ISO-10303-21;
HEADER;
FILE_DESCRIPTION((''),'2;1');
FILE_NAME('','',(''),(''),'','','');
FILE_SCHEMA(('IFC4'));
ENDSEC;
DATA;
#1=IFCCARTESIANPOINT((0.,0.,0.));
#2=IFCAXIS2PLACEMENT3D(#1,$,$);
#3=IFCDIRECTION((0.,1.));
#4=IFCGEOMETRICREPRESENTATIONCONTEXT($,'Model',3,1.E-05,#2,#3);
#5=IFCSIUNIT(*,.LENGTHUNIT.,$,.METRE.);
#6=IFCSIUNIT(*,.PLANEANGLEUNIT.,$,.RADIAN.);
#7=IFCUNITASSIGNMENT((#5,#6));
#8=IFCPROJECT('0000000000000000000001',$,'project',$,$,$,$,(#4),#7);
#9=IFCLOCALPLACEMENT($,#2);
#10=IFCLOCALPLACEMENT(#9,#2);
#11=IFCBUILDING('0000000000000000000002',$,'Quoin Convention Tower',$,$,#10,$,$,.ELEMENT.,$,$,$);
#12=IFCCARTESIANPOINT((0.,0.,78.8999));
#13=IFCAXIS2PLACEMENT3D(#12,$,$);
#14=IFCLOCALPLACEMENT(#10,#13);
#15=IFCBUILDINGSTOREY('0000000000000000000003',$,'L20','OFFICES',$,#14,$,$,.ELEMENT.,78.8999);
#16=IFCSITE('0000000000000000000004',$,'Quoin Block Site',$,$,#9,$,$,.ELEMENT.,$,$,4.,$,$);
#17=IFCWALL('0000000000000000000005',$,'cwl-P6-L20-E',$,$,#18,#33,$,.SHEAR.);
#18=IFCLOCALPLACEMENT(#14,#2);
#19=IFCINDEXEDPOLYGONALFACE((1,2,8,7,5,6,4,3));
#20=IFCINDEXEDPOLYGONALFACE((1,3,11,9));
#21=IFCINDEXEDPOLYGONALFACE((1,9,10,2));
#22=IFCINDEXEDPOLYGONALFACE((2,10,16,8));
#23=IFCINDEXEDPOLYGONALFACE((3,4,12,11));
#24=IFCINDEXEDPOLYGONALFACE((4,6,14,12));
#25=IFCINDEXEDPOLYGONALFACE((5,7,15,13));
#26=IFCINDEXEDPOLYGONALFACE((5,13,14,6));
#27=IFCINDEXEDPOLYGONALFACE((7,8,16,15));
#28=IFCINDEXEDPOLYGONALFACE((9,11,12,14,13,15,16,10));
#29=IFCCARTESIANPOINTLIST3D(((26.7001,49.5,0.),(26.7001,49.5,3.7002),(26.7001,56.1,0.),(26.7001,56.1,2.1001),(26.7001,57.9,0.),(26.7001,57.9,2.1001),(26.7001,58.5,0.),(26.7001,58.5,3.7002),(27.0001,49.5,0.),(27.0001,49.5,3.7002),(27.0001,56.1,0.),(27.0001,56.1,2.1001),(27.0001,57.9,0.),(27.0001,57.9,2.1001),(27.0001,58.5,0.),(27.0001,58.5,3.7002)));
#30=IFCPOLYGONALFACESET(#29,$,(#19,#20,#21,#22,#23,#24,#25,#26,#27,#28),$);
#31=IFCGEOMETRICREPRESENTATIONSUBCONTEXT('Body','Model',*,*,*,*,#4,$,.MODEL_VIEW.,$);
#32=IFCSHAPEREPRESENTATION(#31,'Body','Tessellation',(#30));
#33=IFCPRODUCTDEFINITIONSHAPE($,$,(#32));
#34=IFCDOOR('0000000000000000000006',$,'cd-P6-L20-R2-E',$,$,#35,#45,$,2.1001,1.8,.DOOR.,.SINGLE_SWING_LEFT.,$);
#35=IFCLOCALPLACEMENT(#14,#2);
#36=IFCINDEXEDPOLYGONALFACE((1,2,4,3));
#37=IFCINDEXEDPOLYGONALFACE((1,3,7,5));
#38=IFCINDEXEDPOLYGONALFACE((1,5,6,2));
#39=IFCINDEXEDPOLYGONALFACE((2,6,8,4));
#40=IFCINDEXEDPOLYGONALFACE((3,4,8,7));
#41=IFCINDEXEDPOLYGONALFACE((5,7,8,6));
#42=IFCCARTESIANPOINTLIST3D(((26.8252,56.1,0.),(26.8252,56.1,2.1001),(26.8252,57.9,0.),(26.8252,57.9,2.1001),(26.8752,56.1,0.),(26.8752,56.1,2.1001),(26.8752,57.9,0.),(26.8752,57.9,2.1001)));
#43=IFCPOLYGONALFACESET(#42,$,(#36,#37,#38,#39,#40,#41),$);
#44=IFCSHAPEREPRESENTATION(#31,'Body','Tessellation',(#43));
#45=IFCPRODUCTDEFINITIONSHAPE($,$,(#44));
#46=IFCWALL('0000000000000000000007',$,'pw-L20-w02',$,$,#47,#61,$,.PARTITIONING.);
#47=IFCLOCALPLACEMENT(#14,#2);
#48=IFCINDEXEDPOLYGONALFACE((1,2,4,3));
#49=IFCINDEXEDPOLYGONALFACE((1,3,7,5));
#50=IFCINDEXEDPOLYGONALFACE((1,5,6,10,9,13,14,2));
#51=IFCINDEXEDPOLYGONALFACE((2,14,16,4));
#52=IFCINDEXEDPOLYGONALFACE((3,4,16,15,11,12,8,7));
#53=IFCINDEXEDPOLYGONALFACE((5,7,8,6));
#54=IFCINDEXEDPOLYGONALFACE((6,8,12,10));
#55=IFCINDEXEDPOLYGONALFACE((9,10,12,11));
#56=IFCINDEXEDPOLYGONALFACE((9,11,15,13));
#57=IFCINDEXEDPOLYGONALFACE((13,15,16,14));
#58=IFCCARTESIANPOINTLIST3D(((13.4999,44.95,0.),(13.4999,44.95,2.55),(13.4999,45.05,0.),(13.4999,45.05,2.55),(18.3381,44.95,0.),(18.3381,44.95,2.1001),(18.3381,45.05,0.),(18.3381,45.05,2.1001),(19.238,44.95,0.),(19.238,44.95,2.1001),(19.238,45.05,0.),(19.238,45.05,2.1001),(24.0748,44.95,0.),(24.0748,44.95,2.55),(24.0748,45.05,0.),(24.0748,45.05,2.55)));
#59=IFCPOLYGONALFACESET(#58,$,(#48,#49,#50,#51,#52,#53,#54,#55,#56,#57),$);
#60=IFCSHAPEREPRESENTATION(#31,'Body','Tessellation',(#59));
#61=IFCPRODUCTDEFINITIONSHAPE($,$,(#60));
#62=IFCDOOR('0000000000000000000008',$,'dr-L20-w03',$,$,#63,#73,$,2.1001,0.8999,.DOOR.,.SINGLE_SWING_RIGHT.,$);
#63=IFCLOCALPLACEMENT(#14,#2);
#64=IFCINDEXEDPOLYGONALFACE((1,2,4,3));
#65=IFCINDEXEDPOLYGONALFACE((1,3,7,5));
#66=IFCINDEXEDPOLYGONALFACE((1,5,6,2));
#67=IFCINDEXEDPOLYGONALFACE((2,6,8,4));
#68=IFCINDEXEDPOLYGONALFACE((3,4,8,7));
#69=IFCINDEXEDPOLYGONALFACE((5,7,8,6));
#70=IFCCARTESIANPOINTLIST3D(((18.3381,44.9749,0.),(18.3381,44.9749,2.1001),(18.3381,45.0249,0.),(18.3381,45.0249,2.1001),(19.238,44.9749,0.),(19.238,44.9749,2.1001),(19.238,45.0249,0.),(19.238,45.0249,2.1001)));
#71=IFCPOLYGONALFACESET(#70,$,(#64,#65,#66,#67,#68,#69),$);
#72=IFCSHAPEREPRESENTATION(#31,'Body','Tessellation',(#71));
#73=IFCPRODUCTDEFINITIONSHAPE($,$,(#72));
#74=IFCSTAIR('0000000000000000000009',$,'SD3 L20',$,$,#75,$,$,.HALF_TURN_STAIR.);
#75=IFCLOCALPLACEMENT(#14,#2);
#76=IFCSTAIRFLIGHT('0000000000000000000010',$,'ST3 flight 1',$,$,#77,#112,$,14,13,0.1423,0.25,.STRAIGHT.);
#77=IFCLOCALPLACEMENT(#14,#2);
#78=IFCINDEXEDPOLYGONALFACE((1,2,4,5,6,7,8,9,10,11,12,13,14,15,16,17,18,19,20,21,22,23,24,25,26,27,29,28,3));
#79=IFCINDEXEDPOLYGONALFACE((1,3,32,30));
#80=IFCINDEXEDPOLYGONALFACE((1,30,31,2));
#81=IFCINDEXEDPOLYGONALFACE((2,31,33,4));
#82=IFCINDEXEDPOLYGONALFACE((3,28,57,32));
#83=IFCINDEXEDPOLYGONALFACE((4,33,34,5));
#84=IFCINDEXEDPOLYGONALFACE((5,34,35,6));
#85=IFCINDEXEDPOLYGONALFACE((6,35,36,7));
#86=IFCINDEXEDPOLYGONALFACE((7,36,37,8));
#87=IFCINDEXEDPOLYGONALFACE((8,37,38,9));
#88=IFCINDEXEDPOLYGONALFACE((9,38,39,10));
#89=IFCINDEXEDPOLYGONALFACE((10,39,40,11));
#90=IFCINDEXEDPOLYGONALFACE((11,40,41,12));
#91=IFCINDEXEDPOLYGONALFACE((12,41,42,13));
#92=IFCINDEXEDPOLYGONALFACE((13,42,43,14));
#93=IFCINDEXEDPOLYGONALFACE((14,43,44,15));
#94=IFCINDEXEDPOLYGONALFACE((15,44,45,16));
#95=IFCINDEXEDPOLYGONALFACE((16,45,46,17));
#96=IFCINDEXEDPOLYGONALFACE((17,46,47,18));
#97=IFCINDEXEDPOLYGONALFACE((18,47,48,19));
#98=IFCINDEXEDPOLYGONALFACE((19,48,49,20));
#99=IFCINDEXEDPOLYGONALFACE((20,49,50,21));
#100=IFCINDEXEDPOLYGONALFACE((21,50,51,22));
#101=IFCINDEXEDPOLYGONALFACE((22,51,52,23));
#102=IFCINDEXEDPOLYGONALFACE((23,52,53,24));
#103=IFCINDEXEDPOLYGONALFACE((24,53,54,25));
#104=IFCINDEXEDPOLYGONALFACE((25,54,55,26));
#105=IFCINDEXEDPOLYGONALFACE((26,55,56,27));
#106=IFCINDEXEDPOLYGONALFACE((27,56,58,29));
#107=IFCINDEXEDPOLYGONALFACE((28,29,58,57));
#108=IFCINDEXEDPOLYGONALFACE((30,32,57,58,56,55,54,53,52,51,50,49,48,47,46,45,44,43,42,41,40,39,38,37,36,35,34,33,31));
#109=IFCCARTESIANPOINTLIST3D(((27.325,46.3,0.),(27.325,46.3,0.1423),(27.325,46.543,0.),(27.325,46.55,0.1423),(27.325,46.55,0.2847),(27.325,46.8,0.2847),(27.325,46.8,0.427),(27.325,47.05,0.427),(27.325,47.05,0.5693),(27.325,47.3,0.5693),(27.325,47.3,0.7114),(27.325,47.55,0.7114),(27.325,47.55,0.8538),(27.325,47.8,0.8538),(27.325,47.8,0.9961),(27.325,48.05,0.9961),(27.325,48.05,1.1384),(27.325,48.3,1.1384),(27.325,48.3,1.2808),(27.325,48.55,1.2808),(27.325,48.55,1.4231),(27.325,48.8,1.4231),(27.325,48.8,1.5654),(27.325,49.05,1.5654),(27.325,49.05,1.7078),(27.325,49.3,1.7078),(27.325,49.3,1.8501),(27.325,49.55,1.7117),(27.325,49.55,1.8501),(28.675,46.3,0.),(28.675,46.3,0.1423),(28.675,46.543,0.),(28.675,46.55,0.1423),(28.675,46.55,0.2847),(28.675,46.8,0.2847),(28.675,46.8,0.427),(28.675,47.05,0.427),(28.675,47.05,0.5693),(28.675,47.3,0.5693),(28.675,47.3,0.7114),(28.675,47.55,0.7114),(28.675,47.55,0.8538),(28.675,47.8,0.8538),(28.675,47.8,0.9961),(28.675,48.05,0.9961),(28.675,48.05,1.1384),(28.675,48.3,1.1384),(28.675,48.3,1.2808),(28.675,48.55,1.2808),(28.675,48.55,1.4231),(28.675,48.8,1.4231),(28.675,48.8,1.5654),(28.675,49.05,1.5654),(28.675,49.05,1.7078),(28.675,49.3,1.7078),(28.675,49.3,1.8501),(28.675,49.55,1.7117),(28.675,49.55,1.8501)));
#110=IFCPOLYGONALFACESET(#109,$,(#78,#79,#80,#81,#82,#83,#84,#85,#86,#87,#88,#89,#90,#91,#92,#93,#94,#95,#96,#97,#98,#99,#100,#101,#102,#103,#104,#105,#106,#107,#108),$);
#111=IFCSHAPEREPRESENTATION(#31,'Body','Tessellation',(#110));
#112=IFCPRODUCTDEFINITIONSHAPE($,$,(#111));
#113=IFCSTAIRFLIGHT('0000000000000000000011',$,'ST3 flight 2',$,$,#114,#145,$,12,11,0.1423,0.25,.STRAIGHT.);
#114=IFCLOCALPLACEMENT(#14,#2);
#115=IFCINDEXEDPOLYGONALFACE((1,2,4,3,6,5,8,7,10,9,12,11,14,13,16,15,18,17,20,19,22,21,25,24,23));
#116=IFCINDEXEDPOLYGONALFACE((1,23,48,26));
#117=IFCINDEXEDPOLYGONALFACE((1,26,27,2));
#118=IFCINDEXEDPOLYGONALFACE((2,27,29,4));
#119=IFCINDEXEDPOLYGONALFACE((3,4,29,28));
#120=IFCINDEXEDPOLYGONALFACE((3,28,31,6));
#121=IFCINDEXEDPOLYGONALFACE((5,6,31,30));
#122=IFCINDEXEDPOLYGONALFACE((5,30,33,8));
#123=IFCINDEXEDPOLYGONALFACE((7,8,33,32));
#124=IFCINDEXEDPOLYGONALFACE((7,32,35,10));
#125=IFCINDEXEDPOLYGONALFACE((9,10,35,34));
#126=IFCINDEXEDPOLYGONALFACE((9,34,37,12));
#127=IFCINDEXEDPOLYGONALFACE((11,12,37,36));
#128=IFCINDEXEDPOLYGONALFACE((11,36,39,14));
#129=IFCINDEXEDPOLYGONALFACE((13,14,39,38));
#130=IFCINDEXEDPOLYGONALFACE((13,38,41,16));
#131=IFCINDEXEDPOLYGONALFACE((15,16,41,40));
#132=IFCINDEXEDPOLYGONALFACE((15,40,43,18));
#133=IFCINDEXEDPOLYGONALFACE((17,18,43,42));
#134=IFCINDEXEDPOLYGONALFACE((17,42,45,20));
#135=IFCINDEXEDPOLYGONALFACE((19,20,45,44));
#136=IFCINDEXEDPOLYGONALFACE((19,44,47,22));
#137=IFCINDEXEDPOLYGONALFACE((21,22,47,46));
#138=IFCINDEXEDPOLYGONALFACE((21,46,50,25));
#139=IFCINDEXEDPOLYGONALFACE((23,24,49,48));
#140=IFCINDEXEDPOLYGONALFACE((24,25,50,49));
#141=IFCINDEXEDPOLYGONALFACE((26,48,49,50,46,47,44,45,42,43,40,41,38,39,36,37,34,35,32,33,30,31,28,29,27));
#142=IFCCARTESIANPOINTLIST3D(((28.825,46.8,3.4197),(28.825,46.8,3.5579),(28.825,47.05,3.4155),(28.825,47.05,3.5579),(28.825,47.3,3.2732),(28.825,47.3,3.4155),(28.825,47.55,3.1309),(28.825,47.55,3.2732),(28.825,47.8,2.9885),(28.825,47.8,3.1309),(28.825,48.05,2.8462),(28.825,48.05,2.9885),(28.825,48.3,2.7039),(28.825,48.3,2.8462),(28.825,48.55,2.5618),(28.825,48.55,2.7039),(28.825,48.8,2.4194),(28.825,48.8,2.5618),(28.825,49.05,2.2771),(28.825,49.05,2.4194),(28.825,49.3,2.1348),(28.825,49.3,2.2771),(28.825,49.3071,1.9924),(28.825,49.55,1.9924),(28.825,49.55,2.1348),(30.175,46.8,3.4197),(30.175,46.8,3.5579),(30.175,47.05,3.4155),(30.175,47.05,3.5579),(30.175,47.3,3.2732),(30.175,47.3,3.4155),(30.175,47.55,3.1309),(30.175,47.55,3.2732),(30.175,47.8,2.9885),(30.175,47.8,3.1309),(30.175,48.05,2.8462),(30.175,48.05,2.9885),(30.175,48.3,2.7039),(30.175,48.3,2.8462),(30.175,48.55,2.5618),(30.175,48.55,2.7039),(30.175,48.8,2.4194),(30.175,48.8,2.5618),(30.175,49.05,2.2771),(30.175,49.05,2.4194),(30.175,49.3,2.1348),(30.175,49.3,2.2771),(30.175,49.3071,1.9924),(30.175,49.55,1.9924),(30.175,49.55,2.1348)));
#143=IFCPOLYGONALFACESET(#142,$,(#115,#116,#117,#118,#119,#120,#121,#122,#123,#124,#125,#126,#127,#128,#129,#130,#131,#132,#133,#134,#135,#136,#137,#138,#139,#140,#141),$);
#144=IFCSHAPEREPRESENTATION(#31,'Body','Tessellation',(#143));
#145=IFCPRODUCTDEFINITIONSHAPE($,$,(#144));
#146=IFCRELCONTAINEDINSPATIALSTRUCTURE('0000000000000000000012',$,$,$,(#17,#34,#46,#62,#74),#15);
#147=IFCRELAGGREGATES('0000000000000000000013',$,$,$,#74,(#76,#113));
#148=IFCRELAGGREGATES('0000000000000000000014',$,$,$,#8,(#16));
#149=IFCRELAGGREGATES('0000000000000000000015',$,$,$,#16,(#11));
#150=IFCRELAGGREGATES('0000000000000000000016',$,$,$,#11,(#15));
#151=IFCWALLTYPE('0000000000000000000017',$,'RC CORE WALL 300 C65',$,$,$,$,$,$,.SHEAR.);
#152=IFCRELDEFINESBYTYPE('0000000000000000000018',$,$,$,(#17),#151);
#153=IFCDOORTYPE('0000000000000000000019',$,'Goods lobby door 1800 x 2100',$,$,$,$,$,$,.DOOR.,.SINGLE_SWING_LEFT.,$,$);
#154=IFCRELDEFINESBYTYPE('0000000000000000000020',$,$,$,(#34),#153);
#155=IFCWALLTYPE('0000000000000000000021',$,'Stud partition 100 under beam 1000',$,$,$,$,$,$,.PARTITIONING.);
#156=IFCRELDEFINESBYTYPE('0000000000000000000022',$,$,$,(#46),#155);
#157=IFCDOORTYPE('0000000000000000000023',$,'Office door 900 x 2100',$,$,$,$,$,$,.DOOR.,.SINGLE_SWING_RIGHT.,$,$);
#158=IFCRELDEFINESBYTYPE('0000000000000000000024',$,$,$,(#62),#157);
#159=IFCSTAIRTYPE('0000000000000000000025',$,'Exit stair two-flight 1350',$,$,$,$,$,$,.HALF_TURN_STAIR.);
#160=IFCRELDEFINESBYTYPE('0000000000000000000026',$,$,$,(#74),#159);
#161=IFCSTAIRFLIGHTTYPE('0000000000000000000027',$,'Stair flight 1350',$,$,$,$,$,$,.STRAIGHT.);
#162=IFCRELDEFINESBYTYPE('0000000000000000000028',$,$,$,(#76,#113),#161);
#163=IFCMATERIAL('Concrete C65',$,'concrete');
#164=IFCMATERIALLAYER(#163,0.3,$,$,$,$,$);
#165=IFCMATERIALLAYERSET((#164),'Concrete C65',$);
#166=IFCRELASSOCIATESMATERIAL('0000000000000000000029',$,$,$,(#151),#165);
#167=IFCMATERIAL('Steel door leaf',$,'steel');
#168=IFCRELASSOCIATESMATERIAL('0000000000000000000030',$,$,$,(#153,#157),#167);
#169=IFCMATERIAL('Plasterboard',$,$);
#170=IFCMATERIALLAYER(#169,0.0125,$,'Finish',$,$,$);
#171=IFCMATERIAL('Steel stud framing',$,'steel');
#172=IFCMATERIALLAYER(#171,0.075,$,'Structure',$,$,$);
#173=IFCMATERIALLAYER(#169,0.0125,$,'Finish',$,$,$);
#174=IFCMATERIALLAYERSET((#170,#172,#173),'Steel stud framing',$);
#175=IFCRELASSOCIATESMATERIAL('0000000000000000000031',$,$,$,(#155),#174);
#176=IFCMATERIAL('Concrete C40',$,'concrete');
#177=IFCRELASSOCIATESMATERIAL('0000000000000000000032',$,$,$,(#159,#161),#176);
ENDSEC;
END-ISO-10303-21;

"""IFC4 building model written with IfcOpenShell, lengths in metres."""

from ifc_helpers import new_model, si_unit, direction, frame, frame_2d, origin, place, context, subcontext, project, spatial, polyline, rectangle, outline, extrude, material, layer, layer_set, type_object, element, fill, aggregate, save


model = new_model("IFC4")

# Units and contexts
model_context = context("Model", 3, precision=1e-05, world=origin(), true_north=direction((0.0, 1.0)))
body_context = subcontext(model_context, "Body", "Model", "MODEL_VIEW")
ifc_project = project(units=[si_unit("LENGTHUNIT", "METRE"), si_unit("PLANEANGLEUNIT", "RADIAN")], contexts=[model_context])

# Site, building, storey
site_placement = place(None, origin())
site = spatial("IfcSite", under=ifc_project, at=site_placement, Name="Quoin Block Site", CompositionType="ELEMENT", RefElevation=4.0)
building_placement = place(site_placement, origin())
building = spatial("IfcBuilding", under=site, at=building_placement, Name="Quoin Convention Tower", CompositionType="ELEMENT")
storey_placement = place(building_placement, frame((0.0, 0.0, 78.8999)))
storey = spatial("IfcBuildingStorey", under=building, at=storey_placement, Name="L20", Description="OFFICES", CompositionType="ELEMENT", Elevation=78.8999)

# Shared definitions
ifc_material_1 = material(Name="Concrete C65", Category="concrete")

# Shared definitions
ifc_material_2 = material(Name="Plasterboard")
ifc_material_3 = material(Name="Steel stud framing", Category="steel")

# Shared definitions
ifc_layer_1 = layer(ifc_material_1, 0.3)
ifc_layer_set_1 = layer_set([ifc_layer_1], Name="Concrete C65")
wall_type_1 = type_object("IfcWallType", Name="RC CORE WALL 300 C65", PredefinedType="SHEAR", material=ifc_layer_set_1)
ifc_material_4 = material(Name="Steel door leaf", Category="steel")

# Walls, openings, doors
wall_1_placement = place(storey_placement, frame((26.8501, 49.5, 0.0), z_axis=(0.0, 0.0, 1.0), x_axis=(0.0, 1.0, 0.0)))
wall_1 = element("IfcWall", 1, at=wall_1_placement, inside=storey, type_object=wall_type_1, Name="cwl-P6-L20-E", PredefinedType="SHEAR", context=body_context, shape_type="SweptSolid", body=[
    extrude(rectangle(XDim=9.0, YDim=0.3, at=frame_2d((4.5, 0.0))), origin(), (0.0, 0.0, 1.0), 3.7002),
])
opening_1_placement = place(wall_1_placement, frame((6.6001, 0.0, 0.0)))
opening_1 = element("IfcOpeningElement", 2, at=opening_1_placement, cuts=wall_1, PredefinedType="OPENING", context=body_context, shape_type="SweptSolid", body=[
    extrude(rectangle(XDim=1.8, YDim=2.1001, at=frame_2d((0.8999, 1.05))), frame((0.0, 0.1599, 0.0), z_axis=(0.0, -1.0, 0.0), x_axis=(1.0, 0.0, 0.0)), (0.0, 0.0, 1.0), 0.3201),
])
door_type_1 = type_object("IfcDoorType", Name="Goods lobby door 1800 x 2100", OperationType="SINGLE_SWING_LEFT", PredefinedType="DOOR", material=ifc_material_4)
door_1_placement = place(opening_1_placement, origin())
door_1 = element("IfcDoor", 3, at=door_1_placement, inside=storey, type_object=door_type_1, Name="cd-P6-L20-R2-E", OperationType="SINGLE_SWING_LEFT", OverallHeight=2.1001, OverallWidth=1.8, PredefinedType="DOOR", context=body_context, shape_type="SweptSolid", body=[
    extrude(rectangle(XDim=1.8, YDim=2.1001, at=frame_2d((0.8999, 1.05))), frame((0.0, 0.0249, 0.0), z_axis=(0.0, -1.0, 0.0), x_axis=(1.0, 0.0, 0.0)), (0.0, 0.0, 1.0), 0.05),
])
fill(opening_1, door_1)
ifc_layer_2 = layer(ifc_material_2, 0.0125, Name="Finish")
ifc_layer_3 = layer(ifc_material_3, 0.075, Name="Structure")
ifc_layer_4 = layer(ifc_material_2, 0.0125, Name="Finish")
ifc_layer_set_2 = layer_set([ifc_layer_2, ifc_layer_3, ifc_layer_4], Name="Steel stud framing")
wall_type_2 = type_object("IfcWallType", Name="Stud partition 100 under beam 1000", PredefinedType="PARTITIONING", material=ifc_layer_set_2)
wall_2_placement = place(storey_placement, frame((24.075, 45.0, 0.0), z_axis=(0.0, 0.0, 1.0), x_axis=(-1.0, 0.0, 0.0)))
wall_2 = element("IfcWall", 4, at=wall_2_placement, inside=storey, type_object=wall_type_2, Name="pw-L20-w02", PredefinedType="PARTITIONING", context=body_context, shape_type="SweptSolid", body=[
    extrude(rectangle(XDim=10.575, YDim=0.1001, at=frame_2d((5.2876, 0.0))), origin(), (0.0, 0.0, 1.0), 2.55),
])
opening_2_placement = place(wall_2_placement, frame((4.8369, 0.0, 0.0)))
opening_2 = element("IfcOpeningElement", 5, at=opening_2_placement, cuts=wall_2, PredefinedType="OPENING", context=body_context, shape_type="SweptSolid", body=[
    extrude(rectangle(XDim=0.8999, YDim=2.1001, at=frame_2d((0.45, 1.05))), frame((0.0, 0.0601, 0.0), z_axis=(0.0, -1.0, 0.0), x_axis=(1.0, 0.0, 0.0)), (0.0, 0.0, 1.0), 0.1201),
])
door_type_2 = type_object("IfcDoorType", Name="Office door 900 x 2100", OperationType="SINGLE_SWING_RIGHT", PredefinedType="DOOR", material=ifc_material_4)
door_2_placement = place(opening_2_placement, frame((0.8999, 0.0, 0.0), z_axis=(0.0, 0.0, 1.0), x_axis=(-1.0, 0.0, 0.0)))
door_2 = element("IfcDoor", 6, at=door_2_placement, inside=storey, type_object=door_type_2, Name="dr-L20-w03", OperationType="SINGLE_SWING_RIGHT", OverallHeight=2.1001, OverallWidth=0.8999, PredefinedType="DOOR", context=body_context, shape_type="SweptSolid", body=[
    extrude(rectangle(XDim=0.8999, YDim=2.1001, at=frame_2d((0.45, 1.05))), frame((0.0, 0.0249, 0.0), z_axis=(0.0, -1.0, 0.0), x_axis=(1.0, 0.0, 0.0)), (0.0, 0.0, 1.0), 0.05),
])
fill(opening_2, door_2)

# Stair, stair flights
ifc_material_5 = material(Name="Concrete C40", Category="concrete")
stair_type = type_object("IfcStairType", Name="Exit stair two-flight 1350", PredefinedType="HALF_TURN_STAIR", material=ifc_material_5)
stair_placement = place(storey_placement, origin())
stair = element("IfcStair", 7, at=stair_placement, inside=storey, type_object=stair_type, Name="SD3 L20", PredefinedType="HALF_TURN_STAIR")
stair_flight_type = type_object("IfcStairFlightType", Name="Stair flight 1350", PredefinedType="STRAIGHT", material=ifc_material_5)
stair_flight_1_placement = place(storey_placement, frame((28.0, 46.3, 0.0), z_axis=(0.0, 0.0, 1.0), x_axis=(0.0, 1.0, 0.0)))
stair_flight_1 = element("IfcStairFlight", 8, at=stair_flight_1_placement, type_object=stair_flight_type, Name="ST3 flight 1", NumberOfRisers=14, NumberOfTreads=13, PredefinedType="STRAIGHT", RiserHeight=0.1423, TreadLength=0.25, context=body_context, shape_type="SweptSolid", body=[
    extrude(outline(polyline([(0.0, 0.0), (0.0, 0.1423), (0.25, 0.1423), (0.25, 0.2847), (0.5, 0.2847), (0.5, 0.427), (0.75, 0.427), (0.75, 0.5693), (1.0, 0.5693), (1.0, 0.7114), (1.25, 0.7114), (1.25, 0.8538), (1.5, 0.8538), (1.5, 0.9961), (1.75, 0.9961), (1.75, 1.1384), (2.0, 1.1384), (2.0, 1.2808), (2.25, 1.2808), (2.25, 1.4231), (2.5, 1.4231), (2.5, 1.5654), (2.75, 1.5654), (2.75, 1.7078), (3.0, 1.7078), (3.0, 1.8501), (3.25, 1.8501), (3.25, 1.9922), (3.25, 1.7117), (0.2429, 0.0), (0.0, 0.0)])), frame((0.0, 0.675, 0.0), z_axis=(0.0, -1.0, 0.0), x_axis=(1.0, 0.0, 0.0)), (0.0, 0.0, 1.0), 1.3501),
])
stair_flight_2_placement = place(storey_placement, frame((29.5, 49.55, 1.9924), z_axis=(0.0, 0.0, 1.0), x_axis=(0.0, -1.0, 0.0)))
stair_flight_2 = element("IfcStairFlight", 9, at=stair_flight_2_placement, type_object=stair_flight_type, Name="ST3 flight 2", NumberOfRisers=12, NumberOfTreads=11, PredefinedType="STRAIGHT", RiserHeight=0.1423, TreadLength=0.25, context=body_context, shape_type="SweptSolid", body=[
    extrude(outline(polyline([(0.0, 0.0), (0.0, 0.1423), (0.25, 0.1423), (0.25, 0.2847), (0.5, 0.2847), (0.5, 0.427), (0.75, 0.427), (0.75, 0.5693), (1.0, 0.5693), (1.0, 0.7114), (1.25, 0.7114), (1.25, 0.8538), (1.5, 0.8538), (1.5, 0.9961), (1.75, 0.9961), (1.75, 1.1384), (2.0, 1.1384), (2.0, 1.2808), (2.25, 1.2808), (2.25, 1.4231), (2.5, 1.4231), (2.5, 1.5654), (2.75, 1.5654), (2.75, 1.7078), (2.75, 1.4272), (0.2429, 0.0), (0.0, 0.0)])), frame((0.0, 0.675, 0.0), z_axis=(0.0, -1.0, 0.0), x_axis=(1.0, 0.0, 0.0)), (0.0, 0.0, 1.0), 1.3501),
])
aggregate(stair, [stair_flight_1, stair_flight_2])

save(model, "model.ifc")
